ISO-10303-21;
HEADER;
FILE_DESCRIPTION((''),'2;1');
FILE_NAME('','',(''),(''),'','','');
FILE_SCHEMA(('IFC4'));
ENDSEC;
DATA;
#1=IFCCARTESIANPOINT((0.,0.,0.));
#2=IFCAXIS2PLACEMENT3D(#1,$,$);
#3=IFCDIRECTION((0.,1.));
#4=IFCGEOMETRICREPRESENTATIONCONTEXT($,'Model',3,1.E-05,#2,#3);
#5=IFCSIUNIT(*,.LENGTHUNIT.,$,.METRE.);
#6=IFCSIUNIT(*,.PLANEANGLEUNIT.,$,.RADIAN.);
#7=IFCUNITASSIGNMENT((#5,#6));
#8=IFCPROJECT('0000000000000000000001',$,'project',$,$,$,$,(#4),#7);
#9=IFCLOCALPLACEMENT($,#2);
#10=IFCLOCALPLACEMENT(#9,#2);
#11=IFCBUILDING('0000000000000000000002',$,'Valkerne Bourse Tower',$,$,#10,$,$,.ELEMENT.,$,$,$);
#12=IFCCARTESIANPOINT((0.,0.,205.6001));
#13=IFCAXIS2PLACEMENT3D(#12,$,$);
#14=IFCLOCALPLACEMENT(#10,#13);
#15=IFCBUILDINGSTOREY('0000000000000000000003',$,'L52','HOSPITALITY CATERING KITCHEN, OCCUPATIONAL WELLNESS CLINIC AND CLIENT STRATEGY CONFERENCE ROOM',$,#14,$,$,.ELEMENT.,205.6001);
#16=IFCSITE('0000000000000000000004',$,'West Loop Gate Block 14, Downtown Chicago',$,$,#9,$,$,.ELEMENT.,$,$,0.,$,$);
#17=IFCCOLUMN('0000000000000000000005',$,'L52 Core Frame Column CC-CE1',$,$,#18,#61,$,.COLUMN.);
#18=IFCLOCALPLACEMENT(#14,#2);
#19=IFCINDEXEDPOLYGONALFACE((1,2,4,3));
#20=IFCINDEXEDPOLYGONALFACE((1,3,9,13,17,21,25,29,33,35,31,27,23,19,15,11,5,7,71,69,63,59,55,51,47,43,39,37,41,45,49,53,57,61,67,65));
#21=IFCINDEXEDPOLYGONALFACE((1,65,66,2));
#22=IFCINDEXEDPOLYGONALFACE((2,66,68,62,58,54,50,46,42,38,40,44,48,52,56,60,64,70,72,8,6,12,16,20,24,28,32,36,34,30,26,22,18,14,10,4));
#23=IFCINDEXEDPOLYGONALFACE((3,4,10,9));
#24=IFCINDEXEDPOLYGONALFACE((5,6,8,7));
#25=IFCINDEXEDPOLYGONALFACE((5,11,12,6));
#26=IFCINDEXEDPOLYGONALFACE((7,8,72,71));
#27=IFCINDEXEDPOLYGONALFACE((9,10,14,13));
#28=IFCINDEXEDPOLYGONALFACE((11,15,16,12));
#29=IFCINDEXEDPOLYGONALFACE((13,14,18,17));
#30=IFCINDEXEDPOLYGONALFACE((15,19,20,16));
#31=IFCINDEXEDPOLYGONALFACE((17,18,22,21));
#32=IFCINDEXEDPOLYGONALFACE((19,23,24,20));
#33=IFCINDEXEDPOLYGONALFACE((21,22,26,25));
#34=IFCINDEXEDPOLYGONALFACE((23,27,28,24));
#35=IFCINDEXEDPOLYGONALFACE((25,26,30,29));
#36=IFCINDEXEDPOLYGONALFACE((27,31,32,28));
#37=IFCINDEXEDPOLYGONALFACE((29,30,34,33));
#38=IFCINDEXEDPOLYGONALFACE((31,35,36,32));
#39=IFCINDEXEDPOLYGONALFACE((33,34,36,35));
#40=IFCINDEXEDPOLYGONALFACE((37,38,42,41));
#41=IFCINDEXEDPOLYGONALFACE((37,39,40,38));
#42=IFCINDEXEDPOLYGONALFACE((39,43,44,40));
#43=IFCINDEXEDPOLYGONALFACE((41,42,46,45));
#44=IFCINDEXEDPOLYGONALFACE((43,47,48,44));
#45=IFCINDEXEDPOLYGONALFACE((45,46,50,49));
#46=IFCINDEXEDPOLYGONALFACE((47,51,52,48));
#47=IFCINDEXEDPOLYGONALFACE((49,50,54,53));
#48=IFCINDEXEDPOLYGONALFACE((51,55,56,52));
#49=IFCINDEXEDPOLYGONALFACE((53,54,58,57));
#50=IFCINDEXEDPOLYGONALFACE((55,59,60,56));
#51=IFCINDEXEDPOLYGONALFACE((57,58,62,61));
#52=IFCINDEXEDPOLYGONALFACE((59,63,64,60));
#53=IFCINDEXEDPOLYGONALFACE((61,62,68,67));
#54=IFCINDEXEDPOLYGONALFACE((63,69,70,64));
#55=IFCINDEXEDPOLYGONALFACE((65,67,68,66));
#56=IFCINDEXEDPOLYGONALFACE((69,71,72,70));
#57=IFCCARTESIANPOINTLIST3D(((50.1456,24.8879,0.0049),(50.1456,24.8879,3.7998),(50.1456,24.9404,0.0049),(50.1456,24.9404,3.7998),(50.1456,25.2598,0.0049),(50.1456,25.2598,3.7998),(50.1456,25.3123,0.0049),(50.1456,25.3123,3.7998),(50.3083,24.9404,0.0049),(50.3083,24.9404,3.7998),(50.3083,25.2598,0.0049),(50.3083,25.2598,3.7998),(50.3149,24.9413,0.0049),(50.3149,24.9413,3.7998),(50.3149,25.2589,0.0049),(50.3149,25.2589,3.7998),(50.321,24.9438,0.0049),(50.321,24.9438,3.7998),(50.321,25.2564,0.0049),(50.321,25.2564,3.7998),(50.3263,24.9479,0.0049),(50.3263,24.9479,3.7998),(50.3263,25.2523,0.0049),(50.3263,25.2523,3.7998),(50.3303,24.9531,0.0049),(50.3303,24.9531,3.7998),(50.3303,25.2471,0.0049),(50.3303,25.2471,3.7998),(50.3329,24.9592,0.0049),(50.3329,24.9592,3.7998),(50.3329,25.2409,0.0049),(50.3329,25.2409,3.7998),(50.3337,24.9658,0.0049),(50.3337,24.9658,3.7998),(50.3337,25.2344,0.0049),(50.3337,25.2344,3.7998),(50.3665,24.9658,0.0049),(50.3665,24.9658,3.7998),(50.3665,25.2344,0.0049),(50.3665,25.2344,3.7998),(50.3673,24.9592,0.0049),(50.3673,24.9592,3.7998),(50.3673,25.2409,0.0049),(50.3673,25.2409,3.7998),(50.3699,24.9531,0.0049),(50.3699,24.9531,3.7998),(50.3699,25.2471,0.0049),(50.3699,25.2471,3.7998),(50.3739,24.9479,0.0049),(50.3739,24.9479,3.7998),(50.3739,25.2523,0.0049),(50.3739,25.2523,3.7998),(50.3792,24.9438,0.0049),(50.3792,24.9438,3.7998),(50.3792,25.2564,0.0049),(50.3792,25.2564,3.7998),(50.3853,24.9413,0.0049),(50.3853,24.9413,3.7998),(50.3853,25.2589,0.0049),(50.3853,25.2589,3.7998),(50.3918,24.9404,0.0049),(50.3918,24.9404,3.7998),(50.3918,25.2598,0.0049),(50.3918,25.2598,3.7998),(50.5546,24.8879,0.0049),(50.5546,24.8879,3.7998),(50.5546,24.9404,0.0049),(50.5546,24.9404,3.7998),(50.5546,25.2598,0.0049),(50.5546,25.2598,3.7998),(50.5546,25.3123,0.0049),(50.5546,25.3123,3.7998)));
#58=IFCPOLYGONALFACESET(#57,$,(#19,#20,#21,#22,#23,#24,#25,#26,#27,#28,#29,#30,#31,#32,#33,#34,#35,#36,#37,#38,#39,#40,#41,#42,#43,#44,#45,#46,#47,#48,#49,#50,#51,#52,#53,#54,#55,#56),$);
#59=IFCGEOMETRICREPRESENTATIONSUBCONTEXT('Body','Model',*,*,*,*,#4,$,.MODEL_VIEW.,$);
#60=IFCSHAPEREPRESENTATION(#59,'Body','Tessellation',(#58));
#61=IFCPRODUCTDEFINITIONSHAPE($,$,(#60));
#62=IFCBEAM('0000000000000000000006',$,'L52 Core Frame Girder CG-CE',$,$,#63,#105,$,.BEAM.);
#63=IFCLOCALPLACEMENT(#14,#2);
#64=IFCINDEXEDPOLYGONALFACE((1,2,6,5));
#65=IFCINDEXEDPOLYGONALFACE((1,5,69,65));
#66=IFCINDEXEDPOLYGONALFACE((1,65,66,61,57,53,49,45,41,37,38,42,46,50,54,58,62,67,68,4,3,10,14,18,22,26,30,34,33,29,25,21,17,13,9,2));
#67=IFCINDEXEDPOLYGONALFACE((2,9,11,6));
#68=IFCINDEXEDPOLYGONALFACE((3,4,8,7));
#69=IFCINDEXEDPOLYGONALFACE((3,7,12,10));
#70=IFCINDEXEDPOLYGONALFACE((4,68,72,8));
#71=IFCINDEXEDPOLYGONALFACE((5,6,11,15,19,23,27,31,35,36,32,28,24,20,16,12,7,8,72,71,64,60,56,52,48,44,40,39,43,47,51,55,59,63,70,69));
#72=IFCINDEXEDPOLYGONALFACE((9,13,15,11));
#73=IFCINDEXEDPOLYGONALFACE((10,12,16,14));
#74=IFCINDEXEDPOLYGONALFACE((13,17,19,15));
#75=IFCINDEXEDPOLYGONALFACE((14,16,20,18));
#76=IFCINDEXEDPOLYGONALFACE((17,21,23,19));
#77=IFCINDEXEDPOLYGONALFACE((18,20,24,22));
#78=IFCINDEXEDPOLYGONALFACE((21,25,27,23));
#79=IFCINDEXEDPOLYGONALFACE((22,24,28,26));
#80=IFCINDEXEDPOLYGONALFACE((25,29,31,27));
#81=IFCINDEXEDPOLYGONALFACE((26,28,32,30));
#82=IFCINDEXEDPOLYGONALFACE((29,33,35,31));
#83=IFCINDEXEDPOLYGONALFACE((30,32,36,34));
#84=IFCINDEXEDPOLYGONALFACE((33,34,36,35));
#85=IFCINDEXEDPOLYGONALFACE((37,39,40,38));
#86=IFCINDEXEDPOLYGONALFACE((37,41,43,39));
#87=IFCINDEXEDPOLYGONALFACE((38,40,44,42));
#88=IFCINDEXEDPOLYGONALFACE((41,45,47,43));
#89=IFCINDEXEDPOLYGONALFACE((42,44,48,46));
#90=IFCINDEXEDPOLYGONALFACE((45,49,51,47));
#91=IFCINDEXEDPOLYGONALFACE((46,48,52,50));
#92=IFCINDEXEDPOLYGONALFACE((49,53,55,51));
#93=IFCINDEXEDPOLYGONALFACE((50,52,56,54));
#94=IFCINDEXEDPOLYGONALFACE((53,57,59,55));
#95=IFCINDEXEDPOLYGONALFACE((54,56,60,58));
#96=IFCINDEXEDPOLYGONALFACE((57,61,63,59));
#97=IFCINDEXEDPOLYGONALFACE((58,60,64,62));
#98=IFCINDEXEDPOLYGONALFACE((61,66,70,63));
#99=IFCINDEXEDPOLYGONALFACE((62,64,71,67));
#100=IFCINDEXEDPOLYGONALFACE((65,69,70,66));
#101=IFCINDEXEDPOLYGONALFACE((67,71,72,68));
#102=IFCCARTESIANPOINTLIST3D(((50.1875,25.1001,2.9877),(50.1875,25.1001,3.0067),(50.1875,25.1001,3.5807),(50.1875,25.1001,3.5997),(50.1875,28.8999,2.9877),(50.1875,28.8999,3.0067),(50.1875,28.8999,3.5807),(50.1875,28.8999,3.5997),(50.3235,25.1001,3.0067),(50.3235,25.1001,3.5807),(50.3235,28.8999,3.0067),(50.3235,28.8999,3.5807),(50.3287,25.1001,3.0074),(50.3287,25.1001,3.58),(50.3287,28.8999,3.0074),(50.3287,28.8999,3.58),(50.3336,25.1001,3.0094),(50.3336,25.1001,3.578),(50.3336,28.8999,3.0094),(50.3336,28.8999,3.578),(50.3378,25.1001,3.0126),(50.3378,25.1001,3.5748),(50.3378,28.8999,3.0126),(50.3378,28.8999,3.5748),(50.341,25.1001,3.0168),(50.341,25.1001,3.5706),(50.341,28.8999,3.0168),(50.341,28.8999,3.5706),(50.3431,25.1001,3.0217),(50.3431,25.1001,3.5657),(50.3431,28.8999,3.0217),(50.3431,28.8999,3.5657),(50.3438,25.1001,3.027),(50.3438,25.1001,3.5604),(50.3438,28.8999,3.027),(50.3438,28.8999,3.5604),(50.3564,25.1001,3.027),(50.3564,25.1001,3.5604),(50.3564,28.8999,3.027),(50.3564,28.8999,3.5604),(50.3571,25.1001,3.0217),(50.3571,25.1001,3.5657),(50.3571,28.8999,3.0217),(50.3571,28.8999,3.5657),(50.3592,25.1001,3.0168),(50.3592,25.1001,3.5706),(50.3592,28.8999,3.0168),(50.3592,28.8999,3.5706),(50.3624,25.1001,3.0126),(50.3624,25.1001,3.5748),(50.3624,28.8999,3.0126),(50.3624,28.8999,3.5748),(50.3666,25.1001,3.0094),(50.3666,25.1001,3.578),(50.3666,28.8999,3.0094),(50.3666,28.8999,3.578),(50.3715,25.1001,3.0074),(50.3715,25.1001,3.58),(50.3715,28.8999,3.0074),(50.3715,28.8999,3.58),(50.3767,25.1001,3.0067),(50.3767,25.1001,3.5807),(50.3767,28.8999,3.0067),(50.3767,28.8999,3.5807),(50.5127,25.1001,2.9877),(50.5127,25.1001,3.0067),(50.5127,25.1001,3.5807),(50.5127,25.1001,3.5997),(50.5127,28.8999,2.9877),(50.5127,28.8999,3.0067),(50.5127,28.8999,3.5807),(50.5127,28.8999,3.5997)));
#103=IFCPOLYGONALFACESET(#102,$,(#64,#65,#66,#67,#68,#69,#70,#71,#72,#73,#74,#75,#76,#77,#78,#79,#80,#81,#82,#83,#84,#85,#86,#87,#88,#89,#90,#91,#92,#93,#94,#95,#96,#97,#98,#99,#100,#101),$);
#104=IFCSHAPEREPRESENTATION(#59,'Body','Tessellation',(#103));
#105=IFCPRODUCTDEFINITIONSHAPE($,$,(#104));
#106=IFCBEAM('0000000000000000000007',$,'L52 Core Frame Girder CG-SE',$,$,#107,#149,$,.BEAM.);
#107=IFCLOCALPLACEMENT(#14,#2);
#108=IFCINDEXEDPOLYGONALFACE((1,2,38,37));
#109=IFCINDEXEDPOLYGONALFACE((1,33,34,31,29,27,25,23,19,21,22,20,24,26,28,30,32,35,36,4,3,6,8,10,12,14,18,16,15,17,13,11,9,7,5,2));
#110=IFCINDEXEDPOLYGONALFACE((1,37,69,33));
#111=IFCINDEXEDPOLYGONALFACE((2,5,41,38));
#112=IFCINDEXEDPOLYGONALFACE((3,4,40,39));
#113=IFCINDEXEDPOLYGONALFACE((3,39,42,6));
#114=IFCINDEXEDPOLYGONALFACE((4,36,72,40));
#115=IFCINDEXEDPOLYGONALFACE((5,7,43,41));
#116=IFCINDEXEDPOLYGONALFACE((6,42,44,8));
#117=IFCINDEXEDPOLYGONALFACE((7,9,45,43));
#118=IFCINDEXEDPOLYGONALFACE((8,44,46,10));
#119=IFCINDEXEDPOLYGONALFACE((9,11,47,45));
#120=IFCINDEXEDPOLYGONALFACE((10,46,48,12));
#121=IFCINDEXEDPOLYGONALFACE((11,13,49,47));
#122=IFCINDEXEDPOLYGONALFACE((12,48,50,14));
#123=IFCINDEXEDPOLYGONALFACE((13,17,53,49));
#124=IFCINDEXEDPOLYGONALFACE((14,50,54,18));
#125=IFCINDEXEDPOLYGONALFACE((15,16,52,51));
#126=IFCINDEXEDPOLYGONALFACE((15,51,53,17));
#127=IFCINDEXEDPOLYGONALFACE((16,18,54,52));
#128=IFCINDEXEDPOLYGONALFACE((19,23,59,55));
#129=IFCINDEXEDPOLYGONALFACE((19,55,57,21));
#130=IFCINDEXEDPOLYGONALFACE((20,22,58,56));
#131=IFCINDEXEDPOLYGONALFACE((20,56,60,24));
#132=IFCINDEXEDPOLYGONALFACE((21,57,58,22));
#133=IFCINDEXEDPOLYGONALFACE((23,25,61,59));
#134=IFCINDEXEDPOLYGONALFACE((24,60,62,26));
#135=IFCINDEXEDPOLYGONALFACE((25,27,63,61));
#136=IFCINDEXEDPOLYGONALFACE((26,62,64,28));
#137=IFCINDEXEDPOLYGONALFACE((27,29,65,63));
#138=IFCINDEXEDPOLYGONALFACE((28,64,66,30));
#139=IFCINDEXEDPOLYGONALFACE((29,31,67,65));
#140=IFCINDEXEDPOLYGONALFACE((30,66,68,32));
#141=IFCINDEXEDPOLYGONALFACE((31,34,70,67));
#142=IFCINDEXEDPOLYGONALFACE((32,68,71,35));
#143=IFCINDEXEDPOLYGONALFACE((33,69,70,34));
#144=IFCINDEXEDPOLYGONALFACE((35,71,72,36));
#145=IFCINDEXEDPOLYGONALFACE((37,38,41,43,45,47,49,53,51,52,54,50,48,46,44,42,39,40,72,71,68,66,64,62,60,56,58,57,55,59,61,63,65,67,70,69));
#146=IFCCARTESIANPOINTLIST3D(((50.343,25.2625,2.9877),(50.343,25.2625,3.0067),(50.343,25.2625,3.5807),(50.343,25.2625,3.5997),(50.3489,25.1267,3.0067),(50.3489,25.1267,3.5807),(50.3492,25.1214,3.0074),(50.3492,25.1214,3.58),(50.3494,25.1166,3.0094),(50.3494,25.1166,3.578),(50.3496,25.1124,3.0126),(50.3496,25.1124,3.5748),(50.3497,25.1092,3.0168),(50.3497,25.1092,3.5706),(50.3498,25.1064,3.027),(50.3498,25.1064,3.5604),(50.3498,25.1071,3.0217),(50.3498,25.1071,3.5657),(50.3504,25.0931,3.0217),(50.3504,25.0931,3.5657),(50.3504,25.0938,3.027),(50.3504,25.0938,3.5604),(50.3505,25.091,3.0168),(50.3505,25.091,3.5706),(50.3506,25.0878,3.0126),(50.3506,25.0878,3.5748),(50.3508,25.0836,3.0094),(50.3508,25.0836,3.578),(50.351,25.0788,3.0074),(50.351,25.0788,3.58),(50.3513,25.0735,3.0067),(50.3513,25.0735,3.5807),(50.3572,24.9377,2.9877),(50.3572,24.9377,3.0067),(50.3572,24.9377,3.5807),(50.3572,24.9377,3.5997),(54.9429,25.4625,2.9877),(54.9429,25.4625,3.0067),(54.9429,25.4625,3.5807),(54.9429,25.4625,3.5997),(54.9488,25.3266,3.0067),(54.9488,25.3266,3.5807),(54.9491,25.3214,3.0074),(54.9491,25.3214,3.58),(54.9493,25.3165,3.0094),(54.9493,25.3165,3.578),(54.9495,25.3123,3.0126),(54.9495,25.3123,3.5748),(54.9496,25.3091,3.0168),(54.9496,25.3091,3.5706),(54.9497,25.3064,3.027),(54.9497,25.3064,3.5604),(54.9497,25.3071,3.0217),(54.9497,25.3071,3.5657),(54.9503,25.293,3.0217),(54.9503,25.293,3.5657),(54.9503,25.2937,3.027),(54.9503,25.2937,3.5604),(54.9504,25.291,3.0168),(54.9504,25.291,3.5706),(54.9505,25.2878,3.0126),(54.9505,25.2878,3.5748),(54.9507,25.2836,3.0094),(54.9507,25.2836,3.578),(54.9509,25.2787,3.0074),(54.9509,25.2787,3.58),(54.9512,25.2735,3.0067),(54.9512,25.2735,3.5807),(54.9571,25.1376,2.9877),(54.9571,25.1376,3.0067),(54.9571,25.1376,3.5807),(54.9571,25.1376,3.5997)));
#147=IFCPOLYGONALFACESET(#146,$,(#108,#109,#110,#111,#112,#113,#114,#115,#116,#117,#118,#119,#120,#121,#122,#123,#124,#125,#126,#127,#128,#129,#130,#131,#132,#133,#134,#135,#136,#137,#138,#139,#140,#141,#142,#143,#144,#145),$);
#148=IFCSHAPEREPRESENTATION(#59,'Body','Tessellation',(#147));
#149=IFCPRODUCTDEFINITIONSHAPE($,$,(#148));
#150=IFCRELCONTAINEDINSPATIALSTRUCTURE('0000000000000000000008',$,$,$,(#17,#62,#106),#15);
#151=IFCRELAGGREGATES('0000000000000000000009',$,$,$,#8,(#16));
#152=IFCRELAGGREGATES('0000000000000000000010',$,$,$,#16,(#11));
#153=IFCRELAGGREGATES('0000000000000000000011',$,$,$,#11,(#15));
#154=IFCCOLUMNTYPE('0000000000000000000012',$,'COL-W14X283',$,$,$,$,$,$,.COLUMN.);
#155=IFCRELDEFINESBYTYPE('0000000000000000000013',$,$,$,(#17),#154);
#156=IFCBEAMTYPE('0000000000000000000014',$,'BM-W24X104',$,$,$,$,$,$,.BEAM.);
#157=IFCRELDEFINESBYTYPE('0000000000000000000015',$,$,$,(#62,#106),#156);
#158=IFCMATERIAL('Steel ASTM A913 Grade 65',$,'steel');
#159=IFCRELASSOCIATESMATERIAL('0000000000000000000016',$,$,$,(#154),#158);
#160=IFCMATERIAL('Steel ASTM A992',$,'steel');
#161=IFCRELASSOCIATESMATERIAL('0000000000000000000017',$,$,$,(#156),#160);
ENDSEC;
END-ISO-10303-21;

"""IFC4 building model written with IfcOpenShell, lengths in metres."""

from ifc_helpers import new_model, si_unit, direction, frame, origin, origin_2d, place, context, subcontext, project, spatial, i_section, extrude, material, material_profile, profile_set, type_object, element, save


model = new_model("IFC4")

# Units and contexts
model_context = context("Model", 3, precision=1e-05, world=origin(), true_north=direction((0.0, 1.0)))
body_context = subcontext(model_context, "Body", "Model", "MODEL_VIEW")
ifc_project = project(units=[si_unit("LENGTHUNIT", "METRE"), si_unit("PLANEANGLEUNIT", "RADIAN")], contexts=[model_context])

# Site, building, storey
site_placement = place(None, origin())
site = spatial("IfcSite", under=ifc_project, at=site_placement, Name="West Loop Gate Block 14, Downtown Chicago", CompositionType="ELEMENT", RefElevation=0.0)
building_placement = place(site_placement, origin())
building = spatial("IfcBuilding", under=site, at=building_placement, Name="Valkerne Bourse Tower", CompositionType="ELEMENT")
storey_placement = place(building_placement, frame((0.0, 0.0, 205.6001)))
storey = spatial("IfcBuildingStorey", under=building, at=storey_placement, Name="L52", Description="HOSPITALITY CATERING KITCHEN, OCCUPATIONAL WELLNESS CLINIC AND CLIENT STRATEGY CONFERENCE ROOM", CompositionType="ELEMENT", Elevation=205.6001)

# Column
ifc_material_1 = material(Name="Steel ASTM A913 Grade 65", Category="steel")
ifc_material_profile_1 = material_profile(ifc_material_1, i_section(OverallWidth=0.4089, OverallDepth=0.4243, WebThickness=0.0327, FlangeThickness=0.0525, FilletRadius=0.0254, at=origin_2d()), Name="W14X283")
ifc_profile_set_1 = profile_set([ifc_material_profile_1], Name="Steel ASTM A913 Grade 65")
column_type = type_object("IfcColumnType", Name="COL-W14X283", PredefinedType="COLUMN", material=ifc_profile_set_1)
column_placement = place(storey_placement, frame((50.3501, 25.1001, 0.0049), z_axis=(0.0, 0.0, 1.0), x_axis=(1.0, 0.0, 0.0)))
element("IfcColumn", 1, at=column_placement, inside=storey, type_object=column_type, Name="L52 Core Frame Column CC-CE1", PredefinedType="COLUMN", context=body_context, shape_type="SweptSolid", body=[
    extrude(i_section(OverallWidth=0.4089, OverallDepth=0.4243, WebThickness=0.0327, FlangeThickness=0.0525, FilletRadius=0.0254, at=origin_2d()), origin(), (0.0, 0.0, 1.0), 3.7949),
])

# Beams
ifc_material_2 = material(Name="Steel ASTM A992", Category="steel")
ifc_material_profile_2 = material_profile(ifc_material_2, i_section(OverallWidth=0.3252, OverallDepth=0.6121, WebThickness=0.0127, FlangeThickness=0.019, FilletRadius=0.0203, at=origin_2d()), Name="W24X104")
ifc_profile_set_2 = profile_set([ifc_material_profile_2], Name="Steel ASTM A992")
beam_type = type_object("IfcBeamType", Name="BM-W24X104", PredefinedType="BEAM", material=ifc_profile_set_2)
beam_1_placement = place(storey_placement, frame((50.3501, 25.1001, 3.2937), z_axis=(0.0, 1.0, 0.0), x_axis=(-1.0, 0.0, 0.0)))
element("IfcBeam", 2, at=beam_1_placement, inside=storey, type_object=beam_type, Name="L52 Core Frame Girder CG-CE", PredefinedType="BEAM", context=body_context, shape_type="SweptSolid", body=[
    extrude(i_section(OverallWidth=0.3252, OverallDepth=0.6121, WebThickness=0.0127, FlangeThickness=0.019, FilletRadius=0.0203, at=origin_2d()), origin(), (0.0, 0.0, 1.0), 3.7998),
])
beam_2_placement = place(storey_placement, frame((50.3501, 25.1001, 3.2937), z_axis=(0.999057, 0.043428, 0.0), x_axis=(-0.043428, 0.999057, 0.0)))
element("IfcBeam", 3, at=beam_2_placement, inside=storey, type_object=beam_type, Name="L52 Core Frame Girder CG-SE", PredefinedType="BEAM", context=body_context, shape_type="SweptSolid", body=[
    extrude(i_section(OverallWidth=0.3252, OverallDepth=0.6121, WebThickness=0.0127, FlangeThickness=0.019, FilletRadius=0.0203, at=origin_2d()), origin(), (0.0, 0.0, 1.0), 4.6042),
])

save(model, "model.ifc")
